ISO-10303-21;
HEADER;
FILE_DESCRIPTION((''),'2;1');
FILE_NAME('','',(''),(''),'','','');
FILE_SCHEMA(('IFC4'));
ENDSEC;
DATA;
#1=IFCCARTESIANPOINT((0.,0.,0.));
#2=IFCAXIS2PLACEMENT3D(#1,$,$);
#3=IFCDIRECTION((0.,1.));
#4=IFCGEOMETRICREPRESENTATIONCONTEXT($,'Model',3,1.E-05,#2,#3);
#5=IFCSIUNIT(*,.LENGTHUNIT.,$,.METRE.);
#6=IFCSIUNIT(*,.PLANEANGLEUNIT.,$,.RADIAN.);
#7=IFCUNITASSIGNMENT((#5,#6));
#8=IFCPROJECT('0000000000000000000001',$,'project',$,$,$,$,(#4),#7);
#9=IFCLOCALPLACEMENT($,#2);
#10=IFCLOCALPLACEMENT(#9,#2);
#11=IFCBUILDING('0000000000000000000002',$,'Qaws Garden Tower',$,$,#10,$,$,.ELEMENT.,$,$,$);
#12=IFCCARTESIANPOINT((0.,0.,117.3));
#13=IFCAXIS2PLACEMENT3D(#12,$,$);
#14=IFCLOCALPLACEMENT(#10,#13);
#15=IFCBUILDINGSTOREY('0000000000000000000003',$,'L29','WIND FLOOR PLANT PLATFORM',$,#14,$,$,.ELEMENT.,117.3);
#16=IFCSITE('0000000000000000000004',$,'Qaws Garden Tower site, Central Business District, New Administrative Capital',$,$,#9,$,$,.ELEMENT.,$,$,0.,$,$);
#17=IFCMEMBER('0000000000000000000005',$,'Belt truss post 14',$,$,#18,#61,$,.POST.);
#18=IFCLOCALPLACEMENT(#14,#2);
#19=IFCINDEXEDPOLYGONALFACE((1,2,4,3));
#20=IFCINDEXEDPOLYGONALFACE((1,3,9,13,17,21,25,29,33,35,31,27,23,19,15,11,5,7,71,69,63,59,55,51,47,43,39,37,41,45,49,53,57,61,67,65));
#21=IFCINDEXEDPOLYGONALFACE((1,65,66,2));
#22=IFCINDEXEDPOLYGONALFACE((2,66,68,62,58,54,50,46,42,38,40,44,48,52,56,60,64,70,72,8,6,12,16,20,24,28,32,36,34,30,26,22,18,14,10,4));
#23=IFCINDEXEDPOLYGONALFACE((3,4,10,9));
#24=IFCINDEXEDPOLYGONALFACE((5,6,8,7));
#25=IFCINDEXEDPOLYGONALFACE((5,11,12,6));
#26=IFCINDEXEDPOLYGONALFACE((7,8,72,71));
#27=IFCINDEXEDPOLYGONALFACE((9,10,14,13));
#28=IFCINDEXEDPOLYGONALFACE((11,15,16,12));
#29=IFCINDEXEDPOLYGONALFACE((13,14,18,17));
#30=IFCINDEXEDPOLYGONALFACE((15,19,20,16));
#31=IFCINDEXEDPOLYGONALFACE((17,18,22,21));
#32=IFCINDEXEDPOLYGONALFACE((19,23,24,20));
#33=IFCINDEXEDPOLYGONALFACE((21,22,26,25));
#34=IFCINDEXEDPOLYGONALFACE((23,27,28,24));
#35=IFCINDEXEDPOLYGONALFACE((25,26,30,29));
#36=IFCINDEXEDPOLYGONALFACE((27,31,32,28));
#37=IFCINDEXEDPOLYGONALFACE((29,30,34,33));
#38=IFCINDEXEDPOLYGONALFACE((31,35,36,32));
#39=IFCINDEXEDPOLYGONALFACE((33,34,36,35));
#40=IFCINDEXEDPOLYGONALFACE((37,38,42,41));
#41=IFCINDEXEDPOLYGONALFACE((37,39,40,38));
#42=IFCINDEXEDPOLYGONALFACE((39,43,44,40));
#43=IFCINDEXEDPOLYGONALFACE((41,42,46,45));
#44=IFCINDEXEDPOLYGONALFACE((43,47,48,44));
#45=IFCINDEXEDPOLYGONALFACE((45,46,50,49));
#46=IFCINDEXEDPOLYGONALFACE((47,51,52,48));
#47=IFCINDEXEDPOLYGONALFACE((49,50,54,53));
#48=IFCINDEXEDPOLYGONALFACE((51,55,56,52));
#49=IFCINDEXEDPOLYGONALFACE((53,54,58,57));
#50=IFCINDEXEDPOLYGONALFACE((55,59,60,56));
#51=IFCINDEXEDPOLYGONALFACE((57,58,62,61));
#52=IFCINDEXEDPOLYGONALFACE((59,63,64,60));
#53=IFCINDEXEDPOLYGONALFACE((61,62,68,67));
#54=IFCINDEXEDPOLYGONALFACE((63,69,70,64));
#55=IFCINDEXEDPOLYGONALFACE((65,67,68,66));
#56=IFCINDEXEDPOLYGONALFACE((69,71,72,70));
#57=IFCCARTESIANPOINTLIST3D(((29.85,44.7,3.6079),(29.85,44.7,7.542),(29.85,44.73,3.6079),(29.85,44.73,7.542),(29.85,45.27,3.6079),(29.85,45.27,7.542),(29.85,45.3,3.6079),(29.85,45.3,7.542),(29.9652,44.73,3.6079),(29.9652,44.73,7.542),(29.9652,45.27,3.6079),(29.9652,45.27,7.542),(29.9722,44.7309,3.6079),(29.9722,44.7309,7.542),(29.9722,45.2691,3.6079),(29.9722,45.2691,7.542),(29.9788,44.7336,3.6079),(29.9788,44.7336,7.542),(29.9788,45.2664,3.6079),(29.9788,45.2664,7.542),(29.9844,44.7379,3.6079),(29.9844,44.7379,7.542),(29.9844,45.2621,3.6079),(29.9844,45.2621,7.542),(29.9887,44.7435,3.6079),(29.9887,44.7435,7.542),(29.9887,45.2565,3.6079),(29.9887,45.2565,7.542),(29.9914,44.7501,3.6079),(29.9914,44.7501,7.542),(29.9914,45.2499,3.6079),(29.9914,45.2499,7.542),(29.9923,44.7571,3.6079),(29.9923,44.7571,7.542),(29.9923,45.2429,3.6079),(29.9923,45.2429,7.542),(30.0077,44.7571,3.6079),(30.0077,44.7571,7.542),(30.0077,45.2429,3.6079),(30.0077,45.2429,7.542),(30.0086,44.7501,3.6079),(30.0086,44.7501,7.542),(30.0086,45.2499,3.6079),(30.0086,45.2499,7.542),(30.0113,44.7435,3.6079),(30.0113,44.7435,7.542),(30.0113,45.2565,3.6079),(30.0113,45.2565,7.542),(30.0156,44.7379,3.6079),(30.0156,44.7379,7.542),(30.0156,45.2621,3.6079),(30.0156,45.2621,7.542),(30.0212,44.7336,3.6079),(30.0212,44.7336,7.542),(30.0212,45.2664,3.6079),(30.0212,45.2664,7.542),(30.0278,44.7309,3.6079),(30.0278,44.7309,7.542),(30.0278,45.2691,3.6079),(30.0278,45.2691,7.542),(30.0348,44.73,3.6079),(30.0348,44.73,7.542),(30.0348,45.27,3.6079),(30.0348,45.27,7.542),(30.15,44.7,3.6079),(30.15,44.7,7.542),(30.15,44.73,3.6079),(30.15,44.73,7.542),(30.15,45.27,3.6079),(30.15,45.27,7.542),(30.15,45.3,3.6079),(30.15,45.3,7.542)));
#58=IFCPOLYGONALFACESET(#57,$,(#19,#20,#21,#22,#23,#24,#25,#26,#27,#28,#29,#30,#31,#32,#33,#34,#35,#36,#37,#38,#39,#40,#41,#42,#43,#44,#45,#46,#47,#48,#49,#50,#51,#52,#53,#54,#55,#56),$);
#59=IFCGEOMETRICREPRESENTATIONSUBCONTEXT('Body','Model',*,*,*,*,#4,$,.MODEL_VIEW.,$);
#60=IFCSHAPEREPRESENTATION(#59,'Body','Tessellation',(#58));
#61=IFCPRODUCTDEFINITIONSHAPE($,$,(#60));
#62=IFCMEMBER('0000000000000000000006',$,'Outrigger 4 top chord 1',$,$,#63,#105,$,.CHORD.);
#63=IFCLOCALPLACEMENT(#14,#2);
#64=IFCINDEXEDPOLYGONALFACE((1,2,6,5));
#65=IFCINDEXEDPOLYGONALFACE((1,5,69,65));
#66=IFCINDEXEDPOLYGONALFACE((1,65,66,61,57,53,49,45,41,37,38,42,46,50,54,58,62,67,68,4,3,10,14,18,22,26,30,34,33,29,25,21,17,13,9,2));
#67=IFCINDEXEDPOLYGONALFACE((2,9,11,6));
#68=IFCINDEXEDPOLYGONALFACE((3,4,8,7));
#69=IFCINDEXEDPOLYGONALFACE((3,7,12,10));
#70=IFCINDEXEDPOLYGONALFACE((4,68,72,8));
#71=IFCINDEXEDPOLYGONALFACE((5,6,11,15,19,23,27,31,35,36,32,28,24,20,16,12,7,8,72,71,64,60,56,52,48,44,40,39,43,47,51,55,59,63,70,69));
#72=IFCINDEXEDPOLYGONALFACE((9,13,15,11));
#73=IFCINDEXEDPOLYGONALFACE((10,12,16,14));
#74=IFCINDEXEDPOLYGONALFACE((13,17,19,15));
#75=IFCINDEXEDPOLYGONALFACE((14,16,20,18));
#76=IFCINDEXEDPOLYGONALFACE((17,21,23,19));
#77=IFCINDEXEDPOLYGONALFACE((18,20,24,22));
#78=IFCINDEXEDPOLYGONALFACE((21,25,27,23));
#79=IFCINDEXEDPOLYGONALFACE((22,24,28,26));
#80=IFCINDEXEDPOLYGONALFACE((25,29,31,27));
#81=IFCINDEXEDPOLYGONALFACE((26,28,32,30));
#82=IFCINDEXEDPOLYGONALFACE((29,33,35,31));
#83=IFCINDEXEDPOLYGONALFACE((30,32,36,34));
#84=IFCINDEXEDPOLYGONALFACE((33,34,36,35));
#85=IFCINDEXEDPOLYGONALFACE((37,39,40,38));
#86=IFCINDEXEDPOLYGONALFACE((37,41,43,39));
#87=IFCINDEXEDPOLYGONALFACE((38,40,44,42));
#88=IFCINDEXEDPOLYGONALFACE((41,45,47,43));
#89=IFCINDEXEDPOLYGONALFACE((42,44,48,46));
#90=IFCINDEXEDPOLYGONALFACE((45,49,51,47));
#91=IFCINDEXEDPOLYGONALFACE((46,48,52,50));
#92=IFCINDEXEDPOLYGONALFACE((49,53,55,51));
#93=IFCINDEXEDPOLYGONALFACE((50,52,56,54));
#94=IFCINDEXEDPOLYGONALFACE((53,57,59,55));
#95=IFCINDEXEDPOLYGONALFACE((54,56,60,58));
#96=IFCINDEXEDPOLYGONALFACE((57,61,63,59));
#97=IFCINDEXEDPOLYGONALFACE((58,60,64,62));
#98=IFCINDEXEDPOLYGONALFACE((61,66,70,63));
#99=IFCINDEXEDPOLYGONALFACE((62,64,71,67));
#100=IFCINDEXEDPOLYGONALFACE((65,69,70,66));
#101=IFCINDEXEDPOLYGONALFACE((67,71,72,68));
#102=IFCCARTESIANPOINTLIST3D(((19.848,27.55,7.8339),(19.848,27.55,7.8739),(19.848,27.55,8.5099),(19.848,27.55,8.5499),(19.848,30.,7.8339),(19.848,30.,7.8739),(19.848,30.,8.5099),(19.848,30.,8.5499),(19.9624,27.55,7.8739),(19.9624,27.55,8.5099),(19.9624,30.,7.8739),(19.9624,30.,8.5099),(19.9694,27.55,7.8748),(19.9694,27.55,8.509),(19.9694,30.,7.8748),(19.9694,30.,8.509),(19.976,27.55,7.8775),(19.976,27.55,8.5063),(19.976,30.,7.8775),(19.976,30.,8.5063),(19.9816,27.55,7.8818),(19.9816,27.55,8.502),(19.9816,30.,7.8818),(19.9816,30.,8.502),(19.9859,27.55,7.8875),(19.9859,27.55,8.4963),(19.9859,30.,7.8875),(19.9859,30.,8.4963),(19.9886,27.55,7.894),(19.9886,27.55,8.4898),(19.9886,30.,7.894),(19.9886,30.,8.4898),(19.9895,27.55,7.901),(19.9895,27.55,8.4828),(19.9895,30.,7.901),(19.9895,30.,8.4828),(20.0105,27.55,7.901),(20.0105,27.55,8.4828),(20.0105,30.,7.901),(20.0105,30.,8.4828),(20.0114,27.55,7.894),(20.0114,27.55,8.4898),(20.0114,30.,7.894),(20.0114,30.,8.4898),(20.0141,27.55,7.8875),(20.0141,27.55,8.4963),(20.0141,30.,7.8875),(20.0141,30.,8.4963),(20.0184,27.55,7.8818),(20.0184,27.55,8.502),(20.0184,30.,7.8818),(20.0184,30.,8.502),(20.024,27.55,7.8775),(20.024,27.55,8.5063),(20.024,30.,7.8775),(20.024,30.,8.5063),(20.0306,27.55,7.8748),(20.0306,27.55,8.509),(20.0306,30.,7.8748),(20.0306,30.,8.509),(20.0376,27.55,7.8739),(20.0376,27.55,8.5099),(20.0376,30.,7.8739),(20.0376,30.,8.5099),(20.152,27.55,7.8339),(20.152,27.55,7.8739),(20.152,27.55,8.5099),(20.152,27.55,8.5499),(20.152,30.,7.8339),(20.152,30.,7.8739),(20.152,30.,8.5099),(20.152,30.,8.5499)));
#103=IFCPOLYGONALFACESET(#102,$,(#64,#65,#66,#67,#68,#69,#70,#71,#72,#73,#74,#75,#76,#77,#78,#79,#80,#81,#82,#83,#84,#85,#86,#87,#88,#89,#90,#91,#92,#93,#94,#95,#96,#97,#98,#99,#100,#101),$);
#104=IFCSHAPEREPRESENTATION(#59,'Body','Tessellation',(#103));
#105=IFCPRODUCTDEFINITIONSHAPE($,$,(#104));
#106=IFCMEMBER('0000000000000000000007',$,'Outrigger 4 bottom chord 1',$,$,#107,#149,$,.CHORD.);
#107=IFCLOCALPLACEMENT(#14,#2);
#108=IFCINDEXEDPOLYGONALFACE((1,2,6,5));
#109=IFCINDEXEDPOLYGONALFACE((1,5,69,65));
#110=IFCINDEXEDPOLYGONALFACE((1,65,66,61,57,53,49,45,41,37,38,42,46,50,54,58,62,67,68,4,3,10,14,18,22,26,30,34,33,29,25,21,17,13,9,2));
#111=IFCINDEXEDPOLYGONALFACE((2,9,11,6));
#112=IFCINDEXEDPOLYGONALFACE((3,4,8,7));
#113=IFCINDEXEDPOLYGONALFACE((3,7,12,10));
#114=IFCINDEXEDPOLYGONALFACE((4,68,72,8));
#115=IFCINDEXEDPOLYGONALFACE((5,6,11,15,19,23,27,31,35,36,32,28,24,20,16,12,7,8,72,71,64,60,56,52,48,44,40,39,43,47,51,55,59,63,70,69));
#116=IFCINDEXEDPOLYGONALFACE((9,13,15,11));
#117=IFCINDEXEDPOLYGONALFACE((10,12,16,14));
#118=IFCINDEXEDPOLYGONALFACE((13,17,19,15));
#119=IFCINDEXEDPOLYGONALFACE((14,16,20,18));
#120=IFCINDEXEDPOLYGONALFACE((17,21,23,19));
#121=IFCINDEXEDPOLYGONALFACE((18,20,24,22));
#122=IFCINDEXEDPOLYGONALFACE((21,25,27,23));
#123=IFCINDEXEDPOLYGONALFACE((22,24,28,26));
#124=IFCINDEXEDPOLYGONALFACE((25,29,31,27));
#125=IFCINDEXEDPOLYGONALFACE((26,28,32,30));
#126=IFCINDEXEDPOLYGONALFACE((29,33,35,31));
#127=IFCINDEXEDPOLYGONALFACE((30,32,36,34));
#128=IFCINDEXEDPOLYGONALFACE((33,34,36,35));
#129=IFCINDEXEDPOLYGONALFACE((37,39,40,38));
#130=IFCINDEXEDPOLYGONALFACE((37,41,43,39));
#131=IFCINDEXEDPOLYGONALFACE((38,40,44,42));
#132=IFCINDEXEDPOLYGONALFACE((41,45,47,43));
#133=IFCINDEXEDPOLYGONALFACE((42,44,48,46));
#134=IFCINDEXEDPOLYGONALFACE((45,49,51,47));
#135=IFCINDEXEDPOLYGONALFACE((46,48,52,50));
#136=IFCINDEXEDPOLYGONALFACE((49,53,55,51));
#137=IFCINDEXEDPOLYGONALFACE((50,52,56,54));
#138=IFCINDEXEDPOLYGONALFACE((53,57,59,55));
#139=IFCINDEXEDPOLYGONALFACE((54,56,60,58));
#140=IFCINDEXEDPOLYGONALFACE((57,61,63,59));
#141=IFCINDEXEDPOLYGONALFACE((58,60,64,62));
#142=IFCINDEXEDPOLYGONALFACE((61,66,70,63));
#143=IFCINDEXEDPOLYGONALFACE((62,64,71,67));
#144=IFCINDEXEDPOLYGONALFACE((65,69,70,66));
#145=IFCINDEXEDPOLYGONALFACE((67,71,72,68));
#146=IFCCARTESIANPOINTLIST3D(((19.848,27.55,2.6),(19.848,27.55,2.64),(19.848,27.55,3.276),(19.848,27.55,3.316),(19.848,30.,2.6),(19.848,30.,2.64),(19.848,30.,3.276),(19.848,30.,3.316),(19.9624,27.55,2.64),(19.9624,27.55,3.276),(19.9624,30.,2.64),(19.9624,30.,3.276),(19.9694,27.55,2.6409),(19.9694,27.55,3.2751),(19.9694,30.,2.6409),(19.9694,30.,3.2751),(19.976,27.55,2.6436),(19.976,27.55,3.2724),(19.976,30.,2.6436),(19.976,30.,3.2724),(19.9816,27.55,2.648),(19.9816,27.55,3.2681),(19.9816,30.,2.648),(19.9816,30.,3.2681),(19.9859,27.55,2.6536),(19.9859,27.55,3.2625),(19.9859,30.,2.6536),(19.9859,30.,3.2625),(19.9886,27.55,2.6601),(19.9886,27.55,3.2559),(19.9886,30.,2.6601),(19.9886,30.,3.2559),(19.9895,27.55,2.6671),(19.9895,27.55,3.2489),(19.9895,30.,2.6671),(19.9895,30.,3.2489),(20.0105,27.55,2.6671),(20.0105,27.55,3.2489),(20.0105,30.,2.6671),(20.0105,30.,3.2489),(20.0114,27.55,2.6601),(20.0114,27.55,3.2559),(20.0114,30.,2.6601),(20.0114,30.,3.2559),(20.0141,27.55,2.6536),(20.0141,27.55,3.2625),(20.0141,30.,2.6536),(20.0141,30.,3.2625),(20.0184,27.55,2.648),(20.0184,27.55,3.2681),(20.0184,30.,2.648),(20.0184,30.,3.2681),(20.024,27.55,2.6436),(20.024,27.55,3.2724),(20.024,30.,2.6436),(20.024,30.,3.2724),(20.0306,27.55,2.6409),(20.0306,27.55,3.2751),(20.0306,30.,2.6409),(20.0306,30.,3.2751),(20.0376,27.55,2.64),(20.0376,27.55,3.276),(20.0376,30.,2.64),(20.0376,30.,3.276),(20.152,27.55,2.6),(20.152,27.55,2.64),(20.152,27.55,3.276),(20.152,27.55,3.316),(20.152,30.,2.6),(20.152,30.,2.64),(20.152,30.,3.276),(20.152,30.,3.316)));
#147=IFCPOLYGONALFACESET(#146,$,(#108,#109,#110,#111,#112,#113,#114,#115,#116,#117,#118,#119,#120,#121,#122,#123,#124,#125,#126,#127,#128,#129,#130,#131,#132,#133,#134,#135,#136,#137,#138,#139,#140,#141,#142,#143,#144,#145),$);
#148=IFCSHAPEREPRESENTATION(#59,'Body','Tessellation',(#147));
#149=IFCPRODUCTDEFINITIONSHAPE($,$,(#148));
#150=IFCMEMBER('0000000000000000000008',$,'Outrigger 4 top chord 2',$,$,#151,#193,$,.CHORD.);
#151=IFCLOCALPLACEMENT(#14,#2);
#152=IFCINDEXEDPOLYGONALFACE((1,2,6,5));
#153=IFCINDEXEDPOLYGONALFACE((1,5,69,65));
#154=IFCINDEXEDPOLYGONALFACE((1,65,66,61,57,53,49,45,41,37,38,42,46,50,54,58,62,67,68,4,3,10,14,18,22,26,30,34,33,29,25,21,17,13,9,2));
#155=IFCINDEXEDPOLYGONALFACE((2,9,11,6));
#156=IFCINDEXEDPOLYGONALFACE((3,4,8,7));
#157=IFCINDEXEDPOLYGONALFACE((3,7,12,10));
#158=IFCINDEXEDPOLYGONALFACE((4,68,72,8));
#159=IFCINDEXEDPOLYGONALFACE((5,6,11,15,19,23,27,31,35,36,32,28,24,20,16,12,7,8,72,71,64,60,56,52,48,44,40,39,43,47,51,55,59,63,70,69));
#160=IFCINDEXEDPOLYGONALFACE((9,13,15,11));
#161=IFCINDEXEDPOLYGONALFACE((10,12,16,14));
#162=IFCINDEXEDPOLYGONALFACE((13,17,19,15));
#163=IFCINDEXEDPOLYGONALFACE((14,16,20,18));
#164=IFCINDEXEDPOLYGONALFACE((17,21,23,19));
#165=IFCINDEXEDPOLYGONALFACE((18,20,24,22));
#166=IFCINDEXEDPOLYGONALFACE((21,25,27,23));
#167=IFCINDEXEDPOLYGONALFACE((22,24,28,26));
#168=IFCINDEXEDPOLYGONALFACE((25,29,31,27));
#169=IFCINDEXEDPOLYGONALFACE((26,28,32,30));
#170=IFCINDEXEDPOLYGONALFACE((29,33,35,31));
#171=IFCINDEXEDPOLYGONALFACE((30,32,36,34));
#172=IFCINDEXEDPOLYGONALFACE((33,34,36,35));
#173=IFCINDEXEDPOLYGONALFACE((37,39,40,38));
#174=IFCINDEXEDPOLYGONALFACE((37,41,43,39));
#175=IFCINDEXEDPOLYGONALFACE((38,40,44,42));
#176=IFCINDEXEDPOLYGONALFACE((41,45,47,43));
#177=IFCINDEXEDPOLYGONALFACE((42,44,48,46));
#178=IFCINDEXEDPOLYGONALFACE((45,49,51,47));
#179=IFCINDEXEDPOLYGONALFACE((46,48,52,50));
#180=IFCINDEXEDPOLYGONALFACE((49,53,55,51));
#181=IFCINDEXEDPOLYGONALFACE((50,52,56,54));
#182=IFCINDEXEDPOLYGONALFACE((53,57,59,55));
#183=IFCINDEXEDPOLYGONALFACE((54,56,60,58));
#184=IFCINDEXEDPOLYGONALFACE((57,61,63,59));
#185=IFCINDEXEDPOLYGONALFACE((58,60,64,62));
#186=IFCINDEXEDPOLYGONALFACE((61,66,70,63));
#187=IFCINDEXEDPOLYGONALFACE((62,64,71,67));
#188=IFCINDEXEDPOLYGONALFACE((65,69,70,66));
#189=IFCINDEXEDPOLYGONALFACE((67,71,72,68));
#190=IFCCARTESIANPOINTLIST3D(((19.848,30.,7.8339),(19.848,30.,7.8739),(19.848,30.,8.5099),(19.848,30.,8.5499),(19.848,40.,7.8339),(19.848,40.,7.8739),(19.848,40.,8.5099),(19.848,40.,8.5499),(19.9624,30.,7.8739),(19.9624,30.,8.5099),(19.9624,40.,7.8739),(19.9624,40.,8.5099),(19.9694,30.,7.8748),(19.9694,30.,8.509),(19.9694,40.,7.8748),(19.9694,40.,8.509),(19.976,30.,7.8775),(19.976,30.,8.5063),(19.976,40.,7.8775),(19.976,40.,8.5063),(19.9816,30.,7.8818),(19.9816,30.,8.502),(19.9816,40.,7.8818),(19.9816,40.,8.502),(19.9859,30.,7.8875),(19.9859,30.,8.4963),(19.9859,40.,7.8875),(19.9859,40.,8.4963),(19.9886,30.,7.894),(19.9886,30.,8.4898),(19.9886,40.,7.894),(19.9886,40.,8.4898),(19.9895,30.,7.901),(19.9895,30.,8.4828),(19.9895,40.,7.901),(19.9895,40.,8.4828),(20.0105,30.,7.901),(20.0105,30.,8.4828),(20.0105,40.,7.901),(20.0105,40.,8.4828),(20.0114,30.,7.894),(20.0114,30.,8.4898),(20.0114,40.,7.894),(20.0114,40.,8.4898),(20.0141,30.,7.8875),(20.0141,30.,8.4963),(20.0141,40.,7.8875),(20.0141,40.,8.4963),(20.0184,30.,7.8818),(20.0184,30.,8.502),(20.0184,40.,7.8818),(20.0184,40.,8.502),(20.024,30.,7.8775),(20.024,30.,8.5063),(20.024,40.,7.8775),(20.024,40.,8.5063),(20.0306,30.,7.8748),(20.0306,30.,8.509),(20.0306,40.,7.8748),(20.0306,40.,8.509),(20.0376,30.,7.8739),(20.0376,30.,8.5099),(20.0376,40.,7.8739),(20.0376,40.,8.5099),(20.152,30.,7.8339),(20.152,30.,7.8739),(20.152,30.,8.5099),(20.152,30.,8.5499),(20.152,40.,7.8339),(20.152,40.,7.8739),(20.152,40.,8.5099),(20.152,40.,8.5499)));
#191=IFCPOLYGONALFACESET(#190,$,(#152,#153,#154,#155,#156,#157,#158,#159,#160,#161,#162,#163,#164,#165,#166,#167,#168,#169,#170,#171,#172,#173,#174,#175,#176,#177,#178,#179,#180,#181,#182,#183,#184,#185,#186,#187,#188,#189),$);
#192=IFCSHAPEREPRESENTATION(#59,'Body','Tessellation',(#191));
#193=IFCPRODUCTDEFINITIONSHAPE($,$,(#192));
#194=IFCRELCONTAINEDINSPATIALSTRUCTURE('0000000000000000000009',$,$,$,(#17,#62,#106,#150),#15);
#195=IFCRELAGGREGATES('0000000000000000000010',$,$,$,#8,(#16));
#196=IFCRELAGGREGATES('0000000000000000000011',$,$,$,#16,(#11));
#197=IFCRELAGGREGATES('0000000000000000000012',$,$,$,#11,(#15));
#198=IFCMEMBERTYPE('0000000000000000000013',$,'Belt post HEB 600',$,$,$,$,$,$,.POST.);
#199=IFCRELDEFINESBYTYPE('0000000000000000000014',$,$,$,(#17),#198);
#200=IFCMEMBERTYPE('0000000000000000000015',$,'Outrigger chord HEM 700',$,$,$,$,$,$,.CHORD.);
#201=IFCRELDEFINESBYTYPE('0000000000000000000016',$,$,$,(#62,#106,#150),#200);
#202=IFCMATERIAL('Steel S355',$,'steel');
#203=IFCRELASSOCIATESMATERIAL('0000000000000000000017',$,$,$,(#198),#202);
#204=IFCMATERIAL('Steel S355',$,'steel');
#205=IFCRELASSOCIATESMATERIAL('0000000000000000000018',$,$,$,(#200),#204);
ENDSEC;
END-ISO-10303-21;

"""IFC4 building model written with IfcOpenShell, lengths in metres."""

from ifc_helpers import new_model, si_unit, direction, frame, origin, origin_2d, place, context, subcontext, project, spatial, i_section, extrude, material, material_profile, profile_set, type_object, element, save


model = new_model("IFC4")

# Units and contexts
model_context = context("Model", 3, precision=1e-05, world=origin(), true_north=direction((0.0, 1.0)))
body_context = subcontext(model_context, "Body", "Model", "MODEL_VIEW")
ifc_project = project(units=[si_unit("LENGTHUNIT", "METRE"), si_unit("PLANEANGLEUNIT", "RADIAN")], contexts=[model_context])

# Site, building, storey
site_placement = place(None, origin())
site = spatial("IfcSite", under=ifc_project, at=site_placement, Name="Qaws Garden Tower site, Central Business District, New Administrative Capital", CompositionType="ELEMENT", RefElevation=0.0)
building_placement = place(site_placement, origin())
building = spatial("IfcBuilding", under=site, at=building_placement, Name="Qaws Garden Tower", CompositionType="ELEMENT")
storey_placement = place(building_placement, frame((0.0, 0.0, 117.3)))
storey = spatial("IfcBuildingStorey", under=building, at=storey_placement, Name="L29", Description="WIND FLOOR PLANT PLATFORM", CompositionType="ELEMENT", Elevation=117.3)

# Members
ifc_material_1 = material(Name="Steel S355", Category="steel")
ifc_material_profile_1 = material_profile(ifc_material_1, i_section(OverallWidth=0.3, OverallDepth=0.6001, WebThickness=0.0154, FlangeThickness=0.03, FilletRadius=0.0271, at=origin_2d()), Name="HEB 600")
ifc_profile_set_1 = profile_set([ifc_material_profile_1], Name="Steel S355")
member_type_1 = type_object("IfcMemberType", Name="Belt post HEB 600", PredefinedType="POST", material=ifc_profile_set_1)
placement = place(storey_placement, frame((30.0, 45.0, 3.6079), z_axis=(0.0, 0.0, 1.0), x_axis=(1.0, 0.0, 0.0)))
element("IfcMember", 1, at=placement, inside=storey, type_object=member_type_1, Name="Belt truss post 14", PredefinedType="POST", context=body_context, shape_type="SweptSolid", body=[
    extrude(i_section(OverallWidth=0.3, OverallDepth=0.6001, WebThickness=0.0154, FlangeThickness=0.03, FilletRadius=0.0271, at=origin_2d()), origin(), (0.0, 0.0, 1.0), 3.9341),
])
ifc_material_2 = material(Name="Steel S355", Category="steel")
ifc_material_profile_2 = material_profile(ifc_material_2, i_section(OverallWidth=0.304, OverallDepth=0.7161, WebThickness=0.021, FlangeThickness=0.04, FilletRadius=0.0271, at=origin_2d()), Name="HEM 700")
ifc_profile_set_2 = profile_set([ifc_material_profile_2], Name="Steel S355")
member_type_2 = type_object("IfcMemberType", Name="Outrigger chord HEM 700", PredefinedType="CHORD", material=ifc_profile_set_2)
for number, where, z_axis, x_axis, name in (
    (2, (20.0, 27.55, 8.1919), (0.0, 1.0, 0.0), (-1.0, 0.0, 0.0), "Outrigger 4 top chord 1"),
    (3, (20.0, 27.55, 2.958), (0.0, 1.0, 0.0), (-1.0, 0.0, 0.0), "Outrigger 4 bottom chord 1"),
):
    element("IfcMember", number, at=place(storey_placement, frame(where, z_axis=z_axis, x_axis=x_axis)), inside=storey, type_object=member_type_2, Name=name, PredefinedType="CHORD", context=body_context, shape_type="SweptSolid", body=[
        extrude(i_section(OverallWidth=0.304, OverallDepth=0.7161, WebThickness=0.021, FlangeThickness=0.04, FilletRadius=0.0271, at=origin_2d()), origin(), (0.0, 0.0, 1.0), 2.45),
    ])
for number, where, z_axis, x_axis, name in (
    (4, (20.0, 30.0, 8.1919), (0.0, 1.0, 0.0), (-1.0, 0.0, 0.0), "Outrigger 4 top chord 2"),
):
    element("IfcMember", number, at=place(storey_placement, frame(where, z_axis=z_axis, x_axis=x_axis)), inside=storey, type_object=member_type_2, Name=name, PredefinedType="CHORD", context=body_context, shape_type="SweptSolid", body=[
        extrude(i_section(OverallWidth=0.304, OverallDepth=0.7161, WebThickness=0.021, FlangeThickness=0.04, FilletRadius=0.0271, at=origin_2d()), origin(), (0.0, 0.0, 1.0), 10.0),
    ])

save(model, "model.ifc")
